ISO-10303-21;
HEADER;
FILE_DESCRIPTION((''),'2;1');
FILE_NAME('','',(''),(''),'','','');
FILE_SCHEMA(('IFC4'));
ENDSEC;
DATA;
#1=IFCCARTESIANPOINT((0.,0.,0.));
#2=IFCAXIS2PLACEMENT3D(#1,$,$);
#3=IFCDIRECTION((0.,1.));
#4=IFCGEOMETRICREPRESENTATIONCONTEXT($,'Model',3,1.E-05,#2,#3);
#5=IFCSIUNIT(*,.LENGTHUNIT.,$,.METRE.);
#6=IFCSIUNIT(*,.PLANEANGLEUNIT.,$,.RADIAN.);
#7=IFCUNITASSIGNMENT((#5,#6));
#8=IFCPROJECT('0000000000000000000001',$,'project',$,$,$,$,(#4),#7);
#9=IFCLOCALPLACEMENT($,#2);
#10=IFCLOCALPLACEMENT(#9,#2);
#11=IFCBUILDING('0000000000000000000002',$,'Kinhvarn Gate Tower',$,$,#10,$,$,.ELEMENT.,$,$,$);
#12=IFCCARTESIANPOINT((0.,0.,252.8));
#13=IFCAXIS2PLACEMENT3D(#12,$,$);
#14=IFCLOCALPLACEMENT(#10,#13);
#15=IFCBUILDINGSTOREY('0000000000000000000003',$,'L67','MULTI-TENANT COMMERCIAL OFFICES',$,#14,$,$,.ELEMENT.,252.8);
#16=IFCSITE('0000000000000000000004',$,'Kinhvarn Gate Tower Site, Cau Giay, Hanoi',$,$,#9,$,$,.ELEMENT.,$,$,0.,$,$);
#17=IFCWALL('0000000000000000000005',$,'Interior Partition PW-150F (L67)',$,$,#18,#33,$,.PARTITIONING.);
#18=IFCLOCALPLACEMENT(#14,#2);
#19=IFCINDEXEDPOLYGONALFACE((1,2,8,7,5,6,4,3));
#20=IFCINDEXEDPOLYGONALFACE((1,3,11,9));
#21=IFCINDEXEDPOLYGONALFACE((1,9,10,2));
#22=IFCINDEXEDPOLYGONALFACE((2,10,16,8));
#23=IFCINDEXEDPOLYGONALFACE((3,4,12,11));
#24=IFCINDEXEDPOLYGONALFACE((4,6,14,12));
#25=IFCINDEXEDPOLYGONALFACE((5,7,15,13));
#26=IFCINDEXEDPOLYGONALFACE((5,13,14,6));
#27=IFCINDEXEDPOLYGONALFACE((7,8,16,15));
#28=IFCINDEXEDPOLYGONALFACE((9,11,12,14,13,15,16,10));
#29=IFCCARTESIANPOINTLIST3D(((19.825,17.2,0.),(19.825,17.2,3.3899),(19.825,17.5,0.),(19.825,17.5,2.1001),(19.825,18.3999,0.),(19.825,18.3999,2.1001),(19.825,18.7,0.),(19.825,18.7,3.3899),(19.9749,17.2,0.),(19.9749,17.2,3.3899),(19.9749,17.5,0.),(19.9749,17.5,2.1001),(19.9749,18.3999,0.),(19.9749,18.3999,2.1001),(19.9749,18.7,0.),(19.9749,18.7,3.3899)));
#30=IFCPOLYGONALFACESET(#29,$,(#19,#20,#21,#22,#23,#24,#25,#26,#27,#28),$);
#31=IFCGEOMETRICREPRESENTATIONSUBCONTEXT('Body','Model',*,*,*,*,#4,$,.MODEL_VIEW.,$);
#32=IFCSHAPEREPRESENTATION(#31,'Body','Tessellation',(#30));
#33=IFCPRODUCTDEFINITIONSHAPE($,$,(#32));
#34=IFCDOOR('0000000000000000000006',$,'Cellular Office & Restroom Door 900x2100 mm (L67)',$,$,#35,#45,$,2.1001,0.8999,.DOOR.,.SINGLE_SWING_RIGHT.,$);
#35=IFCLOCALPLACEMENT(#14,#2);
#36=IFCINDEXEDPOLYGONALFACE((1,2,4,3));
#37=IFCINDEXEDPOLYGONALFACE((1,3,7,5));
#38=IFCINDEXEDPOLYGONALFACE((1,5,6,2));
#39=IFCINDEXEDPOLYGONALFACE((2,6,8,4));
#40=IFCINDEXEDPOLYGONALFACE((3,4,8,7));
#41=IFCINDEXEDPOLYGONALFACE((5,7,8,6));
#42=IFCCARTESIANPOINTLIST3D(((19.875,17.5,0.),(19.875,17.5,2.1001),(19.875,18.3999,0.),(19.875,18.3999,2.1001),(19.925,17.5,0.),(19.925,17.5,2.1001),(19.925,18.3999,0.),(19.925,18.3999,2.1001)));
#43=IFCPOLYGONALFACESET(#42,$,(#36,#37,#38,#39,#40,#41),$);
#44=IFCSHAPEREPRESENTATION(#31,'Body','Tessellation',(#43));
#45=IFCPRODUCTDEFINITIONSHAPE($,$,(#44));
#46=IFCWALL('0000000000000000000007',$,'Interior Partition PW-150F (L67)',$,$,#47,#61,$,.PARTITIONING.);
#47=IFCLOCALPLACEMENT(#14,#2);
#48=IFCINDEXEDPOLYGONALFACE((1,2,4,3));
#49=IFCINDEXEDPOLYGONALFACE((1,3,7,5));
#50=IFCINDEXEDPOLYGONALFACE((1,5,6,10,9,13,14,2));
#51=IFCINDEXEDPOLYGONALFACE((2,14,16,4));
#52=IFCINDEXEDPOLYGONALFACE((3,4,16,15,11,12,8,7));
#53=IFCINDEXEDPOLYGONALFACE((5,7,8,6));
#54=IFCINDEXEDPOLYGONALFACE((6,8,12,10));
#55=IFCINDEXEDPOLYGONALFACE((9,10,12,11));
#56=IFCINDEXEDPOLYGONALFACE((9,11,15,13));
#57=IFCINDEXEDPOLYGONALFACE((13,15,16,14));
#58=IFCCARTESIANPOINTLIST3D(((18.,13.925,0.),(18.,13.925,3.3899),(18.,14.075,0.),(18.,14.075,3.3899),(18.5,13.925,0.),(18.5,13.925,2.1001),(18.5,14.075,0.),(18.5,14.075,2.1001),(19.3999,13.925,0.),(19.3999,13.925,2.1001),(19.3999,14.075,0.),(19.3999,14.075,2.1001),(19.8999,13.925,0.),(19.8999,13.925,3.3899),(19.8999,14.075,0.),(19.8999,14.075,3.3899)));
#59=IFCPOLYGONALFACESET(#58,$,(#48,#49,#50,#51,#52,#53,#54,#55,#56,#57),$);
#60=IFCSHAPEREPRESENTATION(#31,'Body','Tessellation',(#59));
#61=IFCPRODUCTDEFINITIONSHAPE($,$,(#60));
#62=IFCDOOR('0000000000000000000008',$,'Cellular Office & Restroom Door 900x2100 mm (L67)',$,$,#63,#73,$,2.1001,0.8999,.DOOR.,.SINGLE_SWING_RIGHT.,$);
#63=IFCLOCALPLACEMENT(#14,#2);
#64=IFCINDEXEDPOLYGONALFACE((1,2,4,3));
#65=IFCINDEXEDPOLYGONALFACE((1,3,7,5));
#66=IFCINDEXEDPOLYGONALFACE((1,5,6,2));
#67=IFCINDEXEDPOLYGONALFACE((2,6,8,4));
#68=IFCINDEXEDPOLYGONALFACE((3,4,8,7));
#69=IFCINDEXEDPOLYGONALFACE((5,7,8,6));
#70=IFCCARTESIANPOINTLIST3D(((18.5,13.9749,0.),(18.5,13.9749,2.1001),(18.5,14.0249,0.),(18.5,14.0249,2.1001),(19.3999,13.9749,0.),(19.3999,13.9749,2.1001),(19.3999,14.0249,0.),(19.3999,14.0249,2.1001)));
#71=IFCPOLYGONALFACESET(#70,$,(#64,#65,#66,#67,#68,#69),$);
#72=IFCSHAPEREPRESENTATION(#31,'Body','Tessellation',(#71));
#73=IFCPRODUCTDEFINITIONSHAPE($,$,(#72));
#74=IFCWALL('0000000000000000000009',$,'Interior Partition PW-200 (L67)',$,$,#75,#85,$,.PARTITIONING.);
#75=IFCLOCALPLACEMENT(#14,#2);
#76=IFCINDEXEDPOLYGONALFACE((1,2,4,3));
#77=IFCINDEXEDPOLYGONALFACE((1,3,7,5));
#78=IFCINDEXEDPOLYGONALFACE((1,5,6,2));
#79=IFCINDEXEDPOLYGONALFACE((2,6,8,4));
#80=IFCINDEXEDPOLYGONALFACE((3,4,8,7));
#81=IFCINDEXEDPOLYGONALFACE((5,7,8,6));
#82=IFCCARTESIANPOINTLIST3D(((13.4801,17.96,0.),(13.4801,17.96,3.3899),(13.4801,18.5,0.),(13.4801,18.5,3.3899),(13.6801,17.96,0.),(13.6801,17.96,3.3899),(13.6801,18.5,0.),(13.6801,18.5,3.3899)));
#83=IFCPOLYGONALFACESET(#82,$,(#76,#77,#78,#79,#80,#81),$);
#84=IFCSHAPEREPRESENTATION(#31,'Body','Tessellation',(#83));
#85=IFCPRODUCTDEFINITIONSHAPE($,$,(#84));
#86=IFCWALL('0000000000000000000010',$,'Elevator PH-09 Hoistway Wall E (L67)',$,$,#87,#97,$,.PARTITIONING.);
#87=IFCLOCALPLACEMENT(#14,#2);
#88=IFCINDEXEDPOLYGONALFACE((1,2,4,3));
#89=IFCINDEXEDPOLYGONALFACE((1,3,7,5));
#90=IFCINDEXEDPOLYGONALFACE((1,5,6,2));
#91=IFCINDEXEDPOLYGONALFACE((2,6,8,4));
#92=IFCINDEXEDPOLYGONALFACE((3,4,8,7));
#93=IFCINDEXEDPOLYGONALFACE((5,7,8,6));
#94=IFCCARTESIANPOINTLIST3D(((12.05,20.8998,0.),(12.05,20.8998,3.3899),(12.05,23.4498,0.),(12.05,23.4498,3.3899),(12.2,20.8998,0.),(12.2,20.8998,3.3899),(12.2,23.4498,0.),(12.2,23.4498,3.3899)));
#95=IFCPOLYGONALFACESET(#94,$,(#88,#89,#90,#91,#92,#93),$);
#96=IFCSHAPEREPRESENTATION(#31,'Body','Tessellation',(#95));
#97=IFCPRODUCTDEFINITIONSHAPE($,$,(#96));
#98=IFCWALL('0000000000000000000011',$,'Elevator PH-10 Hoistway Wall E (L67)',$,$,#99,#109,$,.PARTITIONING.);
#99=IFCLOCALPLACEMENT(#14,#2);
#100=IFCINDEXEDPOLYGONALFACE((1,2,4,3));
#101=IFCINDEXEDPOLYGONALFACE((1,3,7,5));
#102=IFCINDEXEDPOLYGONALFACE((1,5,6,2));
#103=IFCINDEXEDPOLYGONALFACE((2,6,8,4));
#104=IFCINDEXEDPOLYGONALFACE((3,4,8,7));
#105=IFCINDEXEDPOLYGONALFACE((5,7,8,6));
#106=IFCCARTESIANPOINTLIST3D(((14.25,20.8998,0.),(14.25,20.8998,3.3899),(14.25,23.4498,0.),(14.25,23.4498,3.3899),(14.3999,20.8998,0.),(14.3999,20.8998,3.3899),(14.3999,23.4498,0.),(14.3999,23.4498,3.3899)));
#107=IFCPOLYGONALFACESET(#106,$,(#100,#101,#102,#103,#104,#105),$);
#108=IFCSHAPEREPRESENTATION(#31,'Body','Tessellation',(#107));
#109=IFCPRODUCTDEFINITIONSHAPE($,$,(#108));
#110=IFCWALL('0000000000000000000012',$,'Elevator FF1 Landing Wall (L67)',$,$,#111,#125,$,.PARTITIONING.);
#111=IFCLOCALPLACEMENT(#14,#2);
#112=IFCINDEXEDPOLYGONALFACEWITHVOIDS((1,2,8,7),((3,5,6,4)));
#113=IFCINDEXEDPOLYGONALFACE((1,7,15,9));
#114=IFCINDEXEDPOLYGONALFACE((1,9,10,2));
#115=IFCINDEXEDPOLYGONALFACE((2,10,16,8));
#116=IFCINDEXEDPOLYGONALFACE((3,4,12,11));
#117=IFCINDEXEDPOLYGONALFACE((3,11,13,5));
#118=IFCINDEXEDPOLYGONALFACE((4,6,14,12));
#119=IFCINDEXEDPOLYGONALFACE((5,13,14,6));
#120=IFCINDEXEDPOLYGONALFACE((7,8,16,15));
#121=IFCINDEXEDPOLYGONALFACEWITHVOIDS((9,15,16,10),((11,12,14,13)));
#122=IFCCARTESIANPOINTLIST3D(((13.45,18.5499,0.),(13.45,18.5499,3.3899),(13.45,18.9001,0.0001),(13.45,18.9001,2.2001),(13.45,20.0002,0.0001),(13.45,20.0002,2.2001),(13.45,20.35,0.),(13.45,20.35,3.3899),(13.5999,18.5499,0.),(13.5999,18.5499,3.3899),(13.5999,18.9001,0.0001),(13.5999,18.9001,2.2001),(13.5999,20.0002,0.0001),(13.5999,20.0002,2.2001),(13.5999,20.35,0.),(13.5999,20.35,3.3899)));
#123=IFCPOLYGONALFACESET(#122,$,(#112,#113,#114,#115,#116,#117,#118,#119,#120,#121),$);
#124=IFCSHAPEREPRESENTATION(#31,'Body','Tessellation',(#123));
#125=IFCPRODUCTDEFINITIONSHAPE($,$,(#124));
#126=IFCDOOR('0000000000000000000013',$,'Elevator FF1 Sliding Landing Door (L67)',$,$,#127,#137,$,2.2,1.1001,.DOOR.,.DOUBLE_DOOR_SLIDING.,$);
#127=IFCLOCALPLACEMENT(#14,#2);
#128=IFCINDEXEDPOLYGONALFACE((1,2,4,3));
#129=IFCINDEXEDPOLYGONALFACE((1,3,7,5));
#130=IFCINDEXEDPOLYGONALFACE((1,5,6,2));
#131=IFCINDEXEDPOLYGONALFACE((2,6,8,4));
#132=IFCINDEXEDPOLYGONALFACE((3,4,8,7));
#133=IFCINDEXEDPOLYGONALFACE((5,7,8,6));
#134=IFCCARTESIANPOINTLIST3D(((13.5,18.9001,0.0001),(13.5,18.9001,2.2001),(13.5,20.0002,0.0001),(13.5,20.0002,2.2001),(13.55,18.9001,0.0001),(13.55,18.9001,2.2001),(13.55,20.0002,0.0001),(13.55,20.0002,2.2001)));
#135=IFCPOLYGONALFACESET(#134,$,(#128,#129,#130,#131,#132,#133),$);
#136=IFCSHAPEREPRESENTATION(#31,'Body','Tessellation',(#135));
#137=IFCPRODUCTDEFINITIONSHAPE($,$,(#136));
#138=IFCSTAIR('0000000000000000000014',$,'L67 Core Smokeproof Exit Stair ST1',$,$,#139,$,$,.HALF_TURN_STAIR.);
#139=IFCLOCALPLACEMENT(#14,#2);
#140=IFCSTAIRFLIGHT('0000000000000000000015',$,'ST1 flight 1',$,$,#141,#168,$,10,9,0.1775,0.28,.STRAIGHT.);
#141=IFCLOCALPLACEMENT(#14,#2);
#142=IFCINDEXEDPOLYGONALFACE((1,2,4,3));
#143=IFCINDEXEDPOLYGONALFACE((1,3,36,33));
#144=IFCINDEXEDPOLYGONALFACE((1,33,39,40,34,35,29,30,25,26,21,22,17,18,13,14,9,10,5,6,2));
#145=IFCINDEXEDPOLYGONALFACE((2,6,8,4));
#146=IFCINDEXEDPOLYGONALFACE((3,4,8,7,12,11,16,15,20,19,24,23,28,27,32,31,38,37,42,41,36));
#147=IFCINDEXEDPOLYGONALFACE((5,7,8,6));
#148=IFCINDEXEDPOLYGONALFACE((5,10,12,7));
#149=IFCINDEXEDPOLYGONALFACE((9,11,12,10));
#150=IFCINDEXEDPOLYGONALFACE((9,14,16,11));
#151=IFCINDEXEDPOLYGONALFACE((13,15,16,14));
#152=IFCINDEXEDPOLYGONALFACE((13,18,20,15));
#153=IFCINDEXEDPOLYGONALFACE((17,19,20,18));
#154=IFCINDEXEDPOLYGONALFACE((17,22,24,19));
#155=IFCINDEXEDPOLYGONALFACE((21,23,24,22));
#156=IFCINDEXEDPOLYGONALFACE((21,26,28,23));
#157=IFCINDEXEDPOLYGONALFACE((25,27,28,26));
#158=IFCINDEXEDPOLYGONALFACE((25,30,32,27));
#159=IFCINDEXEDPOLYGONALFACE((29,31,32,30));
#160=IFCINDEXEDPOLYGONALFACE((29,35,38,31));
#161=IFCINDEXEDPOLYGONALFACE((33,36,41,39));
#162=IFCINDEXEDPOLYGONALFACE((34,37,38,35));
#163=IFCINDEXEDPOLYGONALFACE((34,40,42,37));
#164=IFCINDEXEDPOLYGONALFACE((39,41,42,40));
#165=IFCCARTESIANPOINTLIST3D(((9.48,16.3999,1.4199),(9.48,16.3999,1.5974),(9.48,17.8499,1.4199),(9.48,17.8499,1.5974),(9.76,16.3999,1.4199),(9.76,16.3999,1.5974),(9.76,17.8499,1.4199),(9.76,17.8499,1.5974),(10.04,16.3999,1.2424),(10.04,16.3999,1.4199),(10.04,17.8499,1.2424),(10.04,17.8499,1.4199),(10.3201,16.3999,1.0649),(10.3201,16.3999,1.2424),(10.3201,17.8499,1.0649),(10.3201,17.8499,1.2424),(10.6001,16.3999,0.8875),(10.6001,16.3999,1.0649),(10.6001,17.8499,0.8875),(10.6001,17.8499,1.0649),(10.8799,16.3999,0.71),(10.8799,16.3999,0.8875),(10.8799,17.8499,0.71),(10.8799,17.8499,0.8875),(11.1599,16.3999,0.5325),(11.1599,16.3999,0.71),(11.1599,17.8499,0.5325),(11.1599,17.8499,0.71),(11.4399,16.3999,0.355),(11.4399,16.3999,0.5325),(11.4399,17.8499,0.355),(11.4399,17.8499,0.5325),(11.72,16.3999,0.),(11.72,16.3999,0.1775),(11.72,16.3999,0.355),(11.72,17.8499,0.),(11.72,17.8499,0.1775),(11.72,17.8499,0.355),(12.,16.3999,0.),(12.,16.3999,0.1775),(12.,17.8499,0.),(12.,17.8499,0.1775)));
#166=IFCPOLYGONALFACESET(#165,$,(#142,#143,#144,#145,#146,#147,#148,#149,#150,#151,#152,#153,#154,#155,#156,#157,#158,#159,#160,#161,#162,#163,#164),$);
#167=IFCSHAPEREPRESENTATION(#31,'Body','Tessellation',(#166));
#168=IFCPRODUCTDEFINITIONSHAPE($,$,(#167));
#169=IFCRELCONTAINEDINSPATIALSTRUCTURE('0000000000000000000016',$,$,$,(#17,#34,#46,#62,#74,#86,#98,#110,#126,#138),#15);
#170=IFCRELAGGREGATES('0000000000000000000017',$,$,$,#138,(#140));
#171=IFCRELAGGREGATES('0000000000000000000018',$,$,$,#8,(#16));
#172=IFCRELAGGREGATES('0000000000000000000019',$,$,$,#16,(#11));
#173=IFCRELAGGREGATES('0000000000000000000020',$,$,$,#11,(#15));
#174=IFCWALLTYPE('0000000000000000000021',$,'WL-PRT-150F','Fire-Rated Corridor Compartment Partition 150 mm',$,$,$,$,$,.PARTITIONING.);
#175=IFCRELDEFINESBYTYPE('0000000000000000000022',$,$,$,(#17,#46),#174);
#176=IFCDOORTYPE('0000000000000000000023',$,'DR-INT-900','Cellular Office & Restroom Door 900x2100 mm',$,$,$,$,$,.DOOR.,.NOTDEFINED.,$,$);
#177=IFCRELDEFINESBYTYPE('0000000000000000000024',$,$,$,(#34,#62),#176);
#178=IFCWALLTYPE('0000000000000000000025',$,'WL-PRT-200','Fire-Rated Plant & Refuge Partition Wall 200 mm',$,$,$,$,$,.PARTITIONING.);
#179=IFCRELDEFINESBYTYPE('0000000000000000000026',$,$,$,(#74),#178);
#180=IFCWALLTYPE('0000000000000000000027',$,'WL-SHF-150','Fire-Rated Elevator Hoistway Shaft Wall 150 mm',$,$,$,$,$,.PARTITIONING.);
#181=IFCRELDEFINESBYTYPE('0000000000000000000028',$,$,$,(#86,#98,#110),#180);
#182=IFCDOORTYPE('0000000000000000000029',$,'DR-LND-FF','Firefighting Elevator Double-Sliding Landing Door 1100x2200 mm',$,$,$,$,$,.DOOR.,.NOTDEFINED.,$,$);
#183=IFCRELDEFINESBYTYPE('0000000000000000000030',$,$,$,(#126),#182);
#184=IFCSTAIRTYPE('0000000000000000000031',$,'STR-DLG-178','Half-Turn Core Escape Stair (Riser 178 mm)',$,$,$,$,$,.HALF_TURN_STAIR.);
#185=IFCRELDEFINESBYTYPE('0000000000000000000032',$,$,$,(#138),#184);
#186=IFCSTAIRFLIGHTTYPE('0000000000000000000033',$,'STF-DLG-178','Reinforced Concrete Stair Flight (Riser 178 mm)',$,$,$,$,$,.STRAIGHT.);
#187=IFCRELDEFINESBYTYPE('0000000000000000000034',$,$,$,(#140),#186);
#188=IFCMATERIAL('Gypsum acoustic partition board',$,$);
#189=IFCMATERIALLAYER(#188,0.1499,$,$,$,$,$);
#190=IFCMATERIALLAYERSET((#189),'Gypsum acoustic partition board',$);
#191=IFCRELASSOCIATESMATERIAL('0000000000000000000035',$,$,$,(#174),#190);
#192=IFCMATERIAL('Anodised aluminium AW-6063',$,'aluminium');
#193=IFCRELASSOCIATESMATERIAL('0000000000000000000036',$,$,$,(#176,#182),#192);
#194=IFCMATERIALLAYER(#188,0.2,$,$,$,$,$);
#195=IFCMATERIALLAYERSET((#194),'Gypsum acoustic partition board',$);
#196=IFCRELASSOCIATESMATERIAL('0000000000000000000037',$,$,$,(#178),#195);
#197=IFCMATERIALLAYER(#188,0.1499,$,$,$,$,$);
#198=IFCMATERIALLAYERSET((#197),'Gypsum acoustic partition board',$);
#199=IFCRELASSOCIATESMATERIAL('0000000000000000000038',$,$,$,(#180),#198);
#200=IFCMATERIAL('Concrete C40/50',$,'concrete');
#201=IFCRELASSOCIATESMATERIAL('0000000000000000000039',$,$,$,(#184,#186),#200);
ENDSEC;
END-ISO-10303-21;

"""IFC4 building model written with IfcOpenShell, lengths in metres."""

from ifc_helpers import new_model, si_unit, direction, frame, frame_2d, origin, place, context, subcontext, project, spatial, polyline, rectangle, outline, extrude, material, layer, layer_set, type_object, element, fill, aggregate, save


model = new_model("IFC4")

# Units and contexts
model_context = context("Model", 3, precision=1e-05, world=origin(), true_north=direction((0.0, 1.0)))
body_context = subcontext(model_context, "Body", "Model", "MODEL_VIEW")
ifc_project = project(units=[si_unit("LENGTHUNIT", "METRE"), si_unit("PLANEANGLEUNIT", "RADIAN")], contexts=[model_context])

# Site, building, storey
site_placement = place(None, origin())
site = spatial("IfcSite", under=ifc_project, at=site_placement, Name="Kinhvarn Gate Tower Site, Cau Giay, Hanoi", CompositionType="ELEMENT", RefElevation=0.0)
building_placement = place(site_placement, origin())
building = spatial("IfcBuilding", under=site, at=building_placement, Name="Kinhvarn Gate Tower", CompositionType="ELEMENT")
storey_placement = place(building_placement, frame((0.0, 0.0, 252.8)))
storey = spatial("IfcBuildingStorey", under=building, at=storey_placement, Name="L67", Description="MULTI-TENANT COMMERCIAL OFFICES", CompositionType="ELEMENT", Elevation=252.8)

# Shared definitions
ifc_material_1 = material(Name="Anodised aluminium AW-6063", Category="aluminium")

# Shared definitions
ifc_material_2 = material(Name="Gypsum acoustic partition board")

# Walls, openings, doors
ifc_layer_1 = layer(ifc_material_2, 0.1499)
ifc_layer_set_1 = layer_set([ifc_layer_1], Name="Gypsum acoustic partition board")
wall_type_1 = type_object("IfcWallType", Name="WL-PRT-150F", Description="Fire-Rated Corridor Compartment Partition 150 mm", PredefinedType="PARTITIONING", material=ifc_layer_set_1)
wall_1_placement = place(storey_placement, frame((19.8999, 17.2, 0.0), z_axis=(0.0, 0.0, 1.0), x_axis=(0.0, 1.0, 0.0)))
wall_1 = element("IfcWall", 1, at=wall_1_placement, inside=storey, type_object=wall_type_1, Name="Interior Partition PW-150F (L67)", PredefinedType="PARTITIONING", context=body_context, shape_type="SweptSolid", body=[
    extrude(rectangle(XDim=1.5, YDim=0.1499, at=frame_2d((0.75, 0.0))), origin(), (0.0, 0.0, 1.0), 3.3899),
])
opening_1_placement = place(wall_1_placement, frame((0.3, 0.0, 0.0)))
opening_1 = element("IfcOpeningElement", 2, at=opening_1_placement, cuts=wall_1, PredefinedType="OPENING", context=body_context, shape_type="SweptSolid", body=[
    extrude(rectangle(XDim=0.8999, YDim=2.1001, at=frame_2d((0.45, 1.05))), frame((0.0, 0.085, 0.0), z_axis=(0.0, -1.0, 0.0), x_axis=(1.0, 0.0, 0.0)), (0.0, 0.0, 1.0), 0.1699),
])
door_type_1 = type_object("IfcDoorType", Name="DR-INT-900", Description="Cellular Office & Restroom Door 900x2100 mm", OperationType="NOTDEFINED", PredefinedType="DOOR", material=ifc_material_1)
door_1_placement = place(opening_1_placement, origin())
door_1 = element("IfcDoor", 3, at=door_1_placement, inside=storey, type_object=door_type_1, Name="Cellular Office & Restroom Door 900x2100 mm (L67)", OperationType="SINGLE_SWING_RIGHT", OverallHeight=2.1001, OverallWidth=0.8999, PredefinedType="DOOR", context=body_context, shape_type="SweptSolid", body=[
    extrude(rectangle(XDim=0.8999, YDim=2.1001, at=frame_2d((0.45, 1.05))), frame((0.0, 0.0249, 0.0), z_axis=(0.0, -1.0, 0.0), x_axis=(1.0, 0.0, 0.0)), (0.0, 0.0, 1.0), 0.05),
])
fill(opening_1, door_1)
wall_2_placement = place(storey_placement, frame((18.0, 14.0, 0.0), z_axis=(0.0, 0.0, 1.0), x_axis=(1.0, 0.0, 0.0)))
wall_2 = element("IfcWall", 4, at=wall_2_placement, inside=storey, type_object=wall_type_1, Name="Interior Partition PW-150F (L67)", PredefinedType="PARTITIONING", context=body_context, shape_type="SweptSolid", body=[
    extrude(rectangle(XDim=1.8999, YDim=0.1499, at=frame_2d((0.95, 0.0))), origin(), (0.0, 0.0, 1.0), 3.3899),
])
opening_2_placement = place(wall_2_placement, frame((0.5, 0.0, 0.0)))
opening_2 = element("IfcOpeningElement", 5, at=opening_2_placement, cuts=wall_2, PredefinedType="OPENING", context=body_context, shape_type="SweptSolid", body=[
    extrude(rectangle(XDim=0.8999, YDim=2.1001, at=frame_2d((0.45, 1.05))), frame((0.0, 0.085, 0.0), z_axis=(0.0, -1.0, 0.0), x_axis=(1.0, 0.0, 0.0)), (0.0, 0.0, 1.0), 0.1699),
])
door_2_placement = place(opening_2_placement, origin())
door_2 = element("IfcDoor", 6, at=door_2_placement, inside=storey, type_object=door_type_1, Name="Cellular Office & Restroom Door 900x2100 mm (L67)", OperationType="SINGLE_SWING_RIGHT", OverallHeight=2.1001, OverallWidth=0.8999, PredefinedType="DOOR", context=body_context, shape_type="SweptSolid", body=[
    extrude(rectangle(XDim=0.8999, YDim=2.1001, at=frame_2d((0.45, 1.05))), frame((0.0, 0.0249, 0.0), z_axis=(0.0, -1.0, 0.0), x_axis=(1.0, 0.0, 0.0)), (0.0, 0.0, 1.0), 0.05),
])
fill(opening_2, door_2)

# Walls
ifc_layer_2 = layer(ifc_material_2, 0.2)
ifc_layer_set_2 = layer_set([ifc_layer_2], Name="Gypsum acoustic partition board")
wall_type_2 = type_object("IfcWallType", Name="WL-PRT-200", Description="Fire-Rated Plant & Refuge Partition Wall 200 mm", PredefinedType="PARTITIONING", material=ifc_layer_set_2)
wall_3_placement = place(storey_placement, frame((13.5801, 17.96, 0.0), z_axis=(0.0, 0.0, 1.0), x_axis=(0.0, 1.0, 0.0)))
element("IfcWall", 7, at=wall_3_placement, inside=storey, type_object=wall_type_2, Name="Interior Partition PW-200 (L67)", PredefinedType="PARTITIONING", context=body_context, shape_type="SweptSolid", body=[
    extrude(rectangle(XDim=0.54, YDim=0.2, at=frame_2d((0.27, 0.0))), origin(), (0.0, 0.0, 1.0), 3.3899),
])
ifc_layer_3 = layer(ifc_material_2, 0.1499)
ifc_layer_set_3 = layer_set([ifc_layer_3], Name="Gypsum acoustic partition board")
wall_type_3 = type_object("IfcWallType", Name="WL-SHF-150", Description="Fire-Rated Elevator Hoistway Shaft Wall 150 mm", PredefinedType="PARTITIONING", material=ifc_layer_set_3)
for number, where, z_axis, x_axis, name in (
    (8, (12.125, 20.8999, 0.0), (0.0, 0.0, 1.0), (0.0, 1.0, 0.0), "Elevator PH-09 Hoistway Wall E (L67)"),
    (9, (14.325, 20.8999, 0.0), (0.0, 0.0, 1.0), (0.0, 1.0, 0.0), "Elevator PH-10 Hoistway Wall E (L67)"),
):
    element("IfcWall", number, at=place(storey_placement, frame(where, z_axis=z_axis, x_axis=x_axis)), inside=storey, type_object=wall_type_3, Name=name, PredefinedType="PARTITIONING", context=body_context, shape_type="SweptSolid", body=[
        extrude(rectangle(XDim=2.55, YDim=0.1499, at=frame_2d((1.2749, 0.0))), origin(), (0.0, 0.0, 1.0), 3.3899),
    ])

# Wall, opening, door
wall_4_placement = place(storey_placement, frame((13.5249, 18.55, 0.0), z_axis=(0.0, 0.0, 1.0), x_axis=(0.0, 1.0, 0.0)))
wall_4 = element("IfcWall", 10, at=wall_4_placement, inside=storey, type_object=wall_type_3, Name="Elevator FF1 Landing Wall (L67)", PredefinedType="PARTITIONING", context=body_context, shape_type="SweptSolid", body=[
    extrude(rectangle(XDim=1.8, YDim=0.1499, at=frame_2d((0.8999, 0.0))), origin(), (0.0, 0.0, 1.0), 3.3899),
])
opening_3_placement = place(wall_4_placement, frame((0.3501, 0.0, 0.0)))
opening_3 = element("IfcOpeningElement", 11, at=opening_3_placement, cuts=wall_4, PredefinedType="OPENING", context=body_context, shape_type="SweptSolid", body=[
    extrude(rectangle(XDim=1.1001, YDim=2.2, at=frame_2d((0.55, 1.1001))), frame((0.0, 0.085, 0.0), z_axis=(0.0, -1.0, 0.0), x_axis=(1.0, 0.0, 0.0)), (0.0, 0.0, 1.0), 0.1699),
])
door_type_2 = type_object("IfcDoorType", Name="DR-LND-FF", Description="Firefighting Elevator Double-Sliding Landing Door 1100x2200 mm", OperationType="NOTDEFINED", PredefinedType="DOOR", material=ifc_material_1)
door_3_placement = place(opening_3_placement, origin())
door_3 = element("IfcDoor", 12, at=door_3_placement, inside=storey, type_object=door_type_2, Name="Elevator FF1 Sliding Landing Door (L67)", OperationType="DOUBLE_DOOR_SLIDING", OverallHeight=2.2, OverallWidth=1.1001, PredefinedType="DOOR", context=body_context, shape_type="SweptSolid", body=[
    extrude(rectangle(XDim=1.1001, YDim=2.2, at=frame_2d((0.55, 1.1001))), frame((0.0, 0.0249, 0.0), z_axis=(0.0, -1.0, 0.0), x_axis=(1.0, 0.0, 0.0)), (0.0, 0.0, 1.0), 0.05),
])
fill(opening_3, door_3)
ifc_material_3 = material(Name="Concrete C40/50", Category="concrete")

# Stair, stair flight
stair_type = type_object("IfcStairType", Name="STR-DLG-178", Description="Half-Turn Core Escape Stair (Riser 178 mm)", PredefinedType="HALF_TURN_STAIR", material=ifc_material_3)
stair_placement = place(storey_placement, origin())
stair = element("IfcStair", 13, at=stair_placement, inside=storey, type_object=stair_type, Name="L67 Core Smokeproof Exit Stair ST1", PredefinedType="HALF_TURN_STAIR")
stair_flight_type = type_object("IfcStairFlightType", Name="STF-DLG-178", Description="Reinforced Concrete Stair Flight (Riser 178 mm)", PredefinedType="STRAIGHT", material=ifc_material_3)
stair_flight_placement = place(storey_placement, frame((12.0, 17.125, 0.0), z_axis=(0.0, 0.0, 1.0), x_axis=(-1.0, 0.0, 0.0)))
stair_flight = element("IfcStairFlight", 14, at=stair_flight_placement, type_object=stair_flight_type, Name="ST1 flight 1", NumberOfRisers=10, NumberOfTreads=9, PredefinedType="STRAIGHT", RiserHeight=0.1775, TreadLength=0.28, context=body_context, shape_type="SweptSolid", body=[
    extrude(outline(polyline([(0.0, 0.0), (0.0, 0.1775), (0.28, 0.1775), (0.28, 0.355), (0.5601, 0.355), (0.5601, 0.5325), (0.8401, 0.5325), (0.8401, 0.71), (1.1201, 0.71), (1.1201, 0.8875), (1.3999, 0.8875), (1.3999, 1.0649), (1.6799, 1.0649), (1.6799, 1.2424), (1.96, 1.2424), (1.96, 1.4199), (2.24, 1.4199), (2.24, 1.5974), (2.52, 1.5974), (2.52, 1.7749), (2.52, 1.4199), (0.28, 0.0), (0.0, 0.0)])), frame((0.0, 0.7251, 0.0), z_axis=(0.0, -1.0, 0.0), x_axis=(1.0, 0.0, 0.0)), (0.0, 0.0, 1.0), 1.45),
])
aggregate(stair, [stair_flight])

save(model, "model.ifc")
